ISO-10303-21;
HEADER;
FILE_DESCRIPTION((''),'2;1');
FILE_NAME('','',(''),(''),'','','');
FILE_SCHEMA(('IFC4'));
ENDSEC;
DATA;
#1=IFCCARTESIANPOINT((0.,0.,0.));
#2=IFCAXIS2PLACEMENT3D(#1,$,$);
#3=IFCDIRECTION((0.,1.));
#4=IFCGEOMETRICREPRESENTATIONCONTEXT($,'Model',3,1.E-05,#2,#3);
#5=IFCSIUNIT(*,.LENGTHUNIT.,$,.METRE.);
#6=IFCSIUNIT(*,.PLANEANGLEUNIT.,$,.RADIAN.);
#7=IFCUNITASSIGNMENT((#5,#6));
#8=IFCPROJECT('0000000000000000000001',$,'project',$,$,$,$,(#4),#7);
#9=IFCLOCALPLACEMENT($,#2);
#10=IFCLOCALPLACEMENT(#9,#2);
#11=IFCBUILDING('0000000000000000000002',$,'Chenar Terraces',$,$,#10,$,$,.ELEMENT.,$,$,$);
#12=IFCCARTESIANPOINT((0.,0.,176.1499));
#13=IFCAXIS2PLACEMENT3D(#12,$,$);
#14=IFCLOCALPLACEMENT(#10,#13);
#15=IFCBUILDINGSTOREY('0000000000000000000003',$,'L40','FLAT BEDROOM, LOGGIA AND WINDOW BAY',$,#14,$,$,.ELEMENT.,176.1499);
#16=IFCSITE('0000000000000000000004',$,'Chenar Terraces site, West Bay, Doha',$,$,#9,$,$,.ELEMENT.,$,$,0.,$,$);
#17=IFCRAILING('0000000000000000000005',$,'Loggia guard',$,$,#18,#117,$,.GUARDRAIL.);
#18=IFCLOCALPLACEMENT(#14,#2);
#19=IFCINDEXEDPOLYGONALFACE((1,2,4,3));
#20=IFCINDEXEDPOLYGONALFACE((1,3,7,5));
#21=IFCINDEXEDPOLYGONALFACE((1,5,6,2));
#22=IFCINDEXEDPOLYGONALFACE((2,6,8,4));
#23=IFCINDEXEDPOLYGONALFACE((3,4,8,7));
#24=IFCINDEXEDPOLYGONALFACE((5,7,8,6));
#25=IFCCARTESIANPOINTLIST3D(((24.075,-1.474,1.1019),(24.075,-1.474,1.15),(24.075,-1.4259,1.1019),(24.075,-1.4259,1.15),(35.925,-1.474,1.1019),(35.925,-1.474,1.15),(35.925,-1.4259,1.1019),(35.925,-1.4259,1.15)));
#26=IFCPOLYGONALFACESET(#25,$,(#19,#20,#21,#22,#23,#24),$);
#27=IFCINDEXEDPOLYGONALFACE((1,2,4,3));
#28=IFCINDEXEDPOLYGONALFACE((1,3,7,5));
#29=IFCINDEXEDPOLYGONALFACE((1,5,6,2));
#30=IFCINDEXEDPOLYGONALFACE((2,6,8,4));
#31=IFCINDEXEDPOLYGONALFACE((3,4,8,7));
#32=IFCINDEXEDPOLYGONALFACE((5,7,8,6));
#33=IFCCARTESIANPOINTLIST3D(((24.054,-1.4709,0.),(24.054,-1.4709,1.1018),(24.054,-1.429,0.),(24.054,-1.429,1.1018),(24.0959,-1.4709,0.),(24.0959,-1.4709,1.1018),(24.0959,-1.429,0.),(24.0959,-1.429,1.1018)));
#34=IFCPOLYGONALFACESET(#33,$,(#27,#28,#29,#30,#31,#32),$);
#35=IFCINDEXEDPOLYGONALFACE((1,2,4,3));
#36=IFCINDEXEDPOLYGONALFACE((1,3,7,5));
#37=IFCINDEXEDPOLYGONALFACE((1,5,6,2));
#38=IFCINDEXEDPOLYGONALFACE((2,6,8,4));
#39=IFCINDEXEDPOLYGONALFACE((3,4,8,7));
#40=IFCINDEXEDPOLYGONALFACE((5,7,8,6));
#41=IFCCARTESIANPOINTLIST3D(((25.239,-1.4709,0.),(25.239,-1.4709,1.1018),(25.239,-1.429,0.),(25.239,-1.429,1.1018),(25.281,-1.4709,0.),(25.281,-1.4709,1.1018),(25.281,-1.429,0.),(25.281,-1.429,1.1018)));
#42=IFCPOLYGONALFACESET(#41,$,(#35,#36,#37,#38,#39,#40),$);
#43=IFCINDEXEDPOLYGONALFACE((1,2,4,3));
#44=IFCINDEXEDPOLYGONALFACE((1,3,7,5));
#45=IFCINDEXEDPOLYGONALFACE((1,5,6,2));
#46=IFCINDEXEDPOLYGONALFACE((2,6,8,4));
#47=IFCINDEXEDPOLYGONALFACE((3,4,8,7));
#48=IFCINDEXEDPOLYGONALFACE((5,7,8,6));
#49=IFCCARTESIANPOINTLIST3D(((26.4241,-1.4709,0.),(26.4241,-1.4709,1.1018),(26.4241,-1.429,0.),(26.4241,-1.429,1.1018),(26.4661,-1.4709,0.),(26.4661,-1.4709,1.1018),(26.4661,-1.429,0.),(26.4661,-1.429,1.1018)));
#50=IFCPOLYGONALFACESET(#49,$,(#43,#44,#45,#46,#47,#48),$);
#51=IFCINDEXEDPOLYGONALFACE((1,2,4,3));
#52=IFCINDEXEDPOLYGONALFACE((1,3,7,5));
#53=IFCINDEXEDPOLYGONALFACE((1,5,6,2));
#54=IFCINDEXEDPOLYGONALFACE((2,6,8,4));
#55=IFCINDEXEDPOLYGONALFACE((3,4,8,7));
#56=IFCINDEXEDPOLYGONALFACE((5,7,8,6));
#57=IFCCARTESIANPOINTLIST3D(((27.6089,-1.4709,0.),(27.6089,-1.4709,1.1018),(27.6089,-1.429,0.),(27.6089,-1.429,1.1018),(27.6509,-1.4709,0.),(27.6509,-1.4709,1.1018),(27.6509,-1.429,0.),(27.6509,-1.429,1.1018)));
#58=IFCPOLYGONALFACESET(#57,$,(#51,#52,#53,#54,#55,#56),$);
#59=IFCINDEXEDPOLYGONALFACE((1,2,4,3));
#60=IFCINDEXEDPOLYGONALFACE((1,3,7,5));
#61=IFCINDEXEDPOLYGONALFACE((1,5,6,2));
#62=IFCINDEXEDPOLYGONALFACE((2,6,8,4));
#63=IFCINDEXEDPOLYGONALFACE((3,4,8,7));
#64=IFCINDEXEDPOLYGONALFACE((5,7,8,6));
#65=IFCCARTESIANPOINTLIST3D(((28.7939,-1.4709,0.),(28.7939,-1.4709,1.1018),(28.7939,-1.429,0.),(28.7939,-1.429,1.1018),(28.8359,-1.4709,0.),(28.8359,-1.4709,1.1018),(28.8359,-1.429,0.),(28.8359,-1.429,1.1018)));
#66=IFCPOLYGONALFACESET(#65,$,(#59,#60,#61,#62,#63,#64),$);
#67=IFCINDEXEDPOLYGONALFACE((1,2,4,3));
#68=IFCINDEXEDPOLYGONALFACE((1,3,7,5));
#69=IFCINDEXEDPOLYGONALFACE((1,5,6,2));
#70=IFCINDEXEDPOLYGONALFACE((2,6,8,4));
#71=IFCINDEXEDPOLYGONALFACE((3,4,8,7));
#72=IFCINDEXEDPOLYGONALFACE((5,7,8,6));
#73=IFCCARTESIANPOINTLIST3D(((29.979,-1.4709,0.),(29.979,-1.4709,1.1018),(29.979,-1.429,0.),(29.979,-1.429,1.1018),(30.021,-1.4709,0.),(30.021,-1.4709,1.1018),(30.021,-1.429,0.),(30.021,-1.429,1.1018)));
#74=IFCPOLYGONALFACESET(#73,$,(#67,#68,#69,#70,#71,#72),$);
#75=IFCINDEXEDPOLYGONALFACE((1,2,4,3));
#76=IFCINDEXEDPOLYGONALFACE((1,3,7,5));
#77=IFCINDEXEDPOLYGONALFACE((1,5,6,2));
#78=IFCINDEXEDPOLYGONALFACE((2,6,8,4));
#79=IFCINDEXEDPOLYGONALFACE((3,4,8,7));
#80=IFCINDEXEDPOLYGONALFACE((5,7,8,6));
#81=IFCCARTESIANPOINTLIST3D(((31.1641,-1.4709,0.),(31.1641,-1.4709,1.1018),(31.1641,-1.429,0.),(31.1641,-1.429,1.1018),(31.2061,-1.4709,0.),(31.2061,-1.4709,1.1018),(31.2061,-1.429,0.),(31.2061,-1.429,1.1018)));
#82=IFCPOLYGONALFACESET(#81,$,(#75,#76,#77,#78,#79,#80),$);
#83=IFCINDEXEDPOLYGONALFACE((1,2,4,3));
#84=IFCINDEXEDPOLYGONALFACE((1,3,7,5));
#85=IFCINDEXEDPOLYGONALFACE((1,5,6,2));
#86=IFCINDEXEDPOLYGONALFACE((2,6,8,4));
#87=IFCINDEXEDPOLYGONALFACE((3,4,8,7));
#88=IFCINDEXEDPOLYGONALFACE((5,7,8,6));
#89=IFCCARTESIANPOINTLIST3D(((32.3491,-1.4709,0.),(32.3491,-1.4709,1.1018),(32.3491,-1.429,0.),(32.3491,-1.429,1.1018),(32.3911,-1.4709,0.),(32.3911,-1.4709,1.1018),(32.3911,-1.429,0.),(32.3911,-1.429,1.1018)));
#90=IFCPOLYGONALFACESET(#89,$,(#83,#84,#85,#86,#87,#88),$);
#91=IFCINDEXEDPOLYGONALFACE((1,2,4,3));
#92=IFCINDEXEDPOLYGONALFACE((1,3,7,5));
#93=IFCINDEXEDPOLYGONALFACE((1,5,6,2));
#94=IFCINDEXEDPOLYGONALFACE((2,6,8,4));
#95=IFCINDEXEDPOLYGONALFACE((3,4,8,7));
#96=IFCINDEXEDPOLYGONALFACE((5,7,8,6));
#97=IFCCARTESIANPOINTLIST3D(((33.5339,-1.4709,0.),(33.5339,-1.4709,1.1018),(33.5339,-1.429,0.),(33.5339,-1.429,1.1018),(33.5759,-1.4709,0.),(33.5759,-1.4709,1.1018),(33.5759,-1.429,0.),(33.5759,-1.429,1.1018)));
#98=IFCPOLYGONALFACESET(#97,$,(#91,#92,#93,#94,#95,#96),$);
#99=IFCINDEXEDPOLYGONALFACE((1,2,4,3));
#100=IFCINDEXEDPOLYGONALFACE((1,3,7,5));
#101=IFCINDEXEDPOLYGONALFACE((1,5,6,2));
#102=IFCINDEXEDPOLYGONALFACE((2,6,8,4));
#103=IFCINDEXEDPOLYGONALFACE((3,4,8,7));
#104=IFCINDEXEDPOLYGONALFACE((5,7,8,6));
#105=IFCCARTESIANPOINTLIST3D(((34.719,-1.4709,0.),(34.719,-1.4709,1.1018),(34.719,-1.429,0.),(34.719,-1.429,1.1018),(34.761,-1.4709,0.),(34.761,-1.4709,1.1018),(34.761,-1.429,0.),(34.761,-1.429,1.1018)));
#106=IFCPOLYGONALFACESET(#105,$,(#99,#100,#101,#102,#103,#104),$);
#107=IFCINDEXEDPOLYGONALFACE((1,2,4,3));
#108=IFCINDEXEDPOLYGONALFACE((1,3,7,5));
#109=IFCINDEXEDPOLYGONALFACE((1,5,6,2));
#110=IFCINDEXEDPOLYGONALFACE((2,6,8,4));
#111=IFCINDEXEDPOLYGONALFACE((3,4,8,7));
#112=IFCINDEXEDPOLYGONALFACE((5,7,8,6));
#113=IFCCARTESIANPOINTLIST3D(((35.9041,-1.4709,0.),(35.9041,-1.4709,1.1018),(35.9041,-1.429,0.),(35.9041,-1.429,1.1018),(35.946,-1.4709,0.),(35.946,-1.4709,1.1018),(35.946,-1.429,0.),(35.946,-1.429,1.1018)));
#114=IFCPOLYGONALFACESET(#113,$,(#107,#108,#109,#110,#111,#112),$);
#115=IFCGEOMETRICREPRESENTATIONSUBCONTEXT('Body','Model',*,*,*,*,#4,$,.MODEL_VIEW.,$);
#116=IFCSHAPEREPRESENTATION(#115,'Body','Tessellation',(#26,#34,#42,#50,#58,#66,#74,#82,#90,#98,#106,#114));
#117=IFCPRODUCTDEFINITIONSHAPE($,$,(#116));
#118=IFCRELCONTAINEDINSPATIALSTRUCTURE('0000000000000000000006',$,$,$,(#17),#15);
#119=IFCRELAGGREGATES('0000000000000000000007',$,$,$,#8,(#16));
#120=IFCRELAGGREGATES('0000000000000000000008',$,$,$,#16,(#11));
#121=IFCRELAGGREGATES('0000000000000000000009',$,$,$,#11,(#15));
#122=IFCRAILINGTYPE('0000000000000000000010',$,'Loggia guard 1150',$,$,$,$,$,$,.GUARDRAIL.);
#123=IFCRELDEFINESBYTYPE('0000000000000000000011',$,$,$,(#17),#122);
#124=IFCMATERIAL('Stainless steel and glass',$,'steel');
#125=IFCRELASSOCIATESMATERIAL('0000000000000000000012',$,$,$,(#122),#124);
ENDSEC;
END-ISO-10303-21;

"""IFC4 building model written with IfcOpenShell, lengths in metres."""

from ifc_helpers import new_model, si_unit, direction, frame, origin, origin_2d, place, context, subcontext, project, spatial, rectangle, extrude, material, type_object, element, save


model = new_model("IFC4")

# Units and contexts
model_context = context("Model", 3, precision=1e-05, world=origin(), true_north=direction((0.0, 1.0)))
body_context = subcontext(model_context, "Body", "Model", "MODEL_VIEW")
ifc_project = project(units=[si_unit("LENGTHUNIT", "METRE"), si_unit("PLANEANGLEUNIT", "RADIAN")], contexts=[model_context])

# Site, building, storey
site_placement = place(None, origin())
site = spatial("IfcSite", under=ifc_project, at=site_placement, Name="Chenar Terraces site, West Bay, Doha", CompositionType="ELEMENT", RefElevation=0.0)
building_placement = place(site_placement, origin())
building = spatial("IfcBuilding", under=site, at=building_placement, Name="Chenar Terraces", CompositionType="ELEMENT")
storey_placement = place(building_placement, frame((0.0, 0.0, 176.1499)))
storey = spatial("IfcBuildingStorey", under=building, at=storey_placement, Name="L40", Description="FLAT BEDROOM, LOGGIA AND WINDOW BAY", CompositionType="ELEMENT", Elevation=176.1499)

# Railing
ifc_material_1 = material(Name="Stainless steel and glass", Category="steel")
railing_type = type_object("IfcRailingType", Name="Loggia guard 1150", PredefinedType="GUARDRAIL", material=ifc_material_1)
railing_placement = place(storey_placement, frame((24.075, -1.45, 0.0)))
element("IfcRailing", 1, at=railing_placement, inside=storey, type_object=railing_type, Name="Loggia guard", PredefinedType="GUARDRAIL", context=body_context, shape_type="SweptSolid", body=[
    extrude(rectangle(XDim=0.0481, YDim=0.0481, at=origin_2d()), frame((0.0, 0.0, 1.126), z_axis=(1.0, 0.0, 0.0), x_axis=(0.0, 1.0, 0.0)), (0.0, 0.0, 1.0), 11.8501),
    extrude(rectangle(XDim=0.042, YDim=0.042, at=origin_2d()), origin(), (0.0, 0.0, 1.0), 1.1018),
    extrude(rectangle(XDim=0.042, YDim=0.042, at=origin_2d()), frame((1.1851, 0.0, 0.0)), (0.0, 0.0, 1.0), 1.1018),
    extrude(rectangle(XDim=0.042, YDim=0.042, at=origin_2d()), frame((2.3701, 0.0, 0.0)), (0.0, 0.0, 1.0), 1.1018),
    extrude(rectangle(XDim=0.042, YDim=0.042, at=origin_2d()), frame((3.5549, 0.0, 0.0)), (0.0, 0.0, 1.0), 1.1018),
    extrude(rectangle(XDim=0.042, YDim=0.042, at=origin_2d()), frame((4.74, 0.0, 0.0)), (0.0, 0.0, 1.0), 1.1018),
    extrude(rectangle(XDim=0.042, YDim=0.042, at=origin_2d()), frame((5.925, 0.0, 0.0)), (0.0, 0.0, 1.0), 1.1018),
    extrude(rectangle(XDim=0.042, YDim=0.042, at=origin_2d()), frame((7.1101, 0.0, 0.0)), (0.0, 0.0, 1.0), 1.1018),
    extrude(rectangle(XDim=0.042, YDim=0.042, at=origin_2d()), frame((8.2952, 0.0, 0.0)), (0.0, 0.0, 1.0), 1.1018),
    extrude(rectangle(XDim=0.042, YDim=0.042, at=origin_2d()), frame((9.48, 0.0, 0.0)), (0.0, 0.0, 1.0), 1.1018),
    extrude(rectangle(XDim=0.042, YDim=0.042, at=origin_2d()), frame((10.665, 0.0, 0.0)), (0.0, 0.0, 1.0), 1.1018),
    extrude(rectangle(XDim=0.042, YDim=0.042, at=origin_2d()), frame((11.8501, 0.0, 0.0)), (0.0, 0.0, 1.0), 1.1018),
])

save(model, "model.ifc")
